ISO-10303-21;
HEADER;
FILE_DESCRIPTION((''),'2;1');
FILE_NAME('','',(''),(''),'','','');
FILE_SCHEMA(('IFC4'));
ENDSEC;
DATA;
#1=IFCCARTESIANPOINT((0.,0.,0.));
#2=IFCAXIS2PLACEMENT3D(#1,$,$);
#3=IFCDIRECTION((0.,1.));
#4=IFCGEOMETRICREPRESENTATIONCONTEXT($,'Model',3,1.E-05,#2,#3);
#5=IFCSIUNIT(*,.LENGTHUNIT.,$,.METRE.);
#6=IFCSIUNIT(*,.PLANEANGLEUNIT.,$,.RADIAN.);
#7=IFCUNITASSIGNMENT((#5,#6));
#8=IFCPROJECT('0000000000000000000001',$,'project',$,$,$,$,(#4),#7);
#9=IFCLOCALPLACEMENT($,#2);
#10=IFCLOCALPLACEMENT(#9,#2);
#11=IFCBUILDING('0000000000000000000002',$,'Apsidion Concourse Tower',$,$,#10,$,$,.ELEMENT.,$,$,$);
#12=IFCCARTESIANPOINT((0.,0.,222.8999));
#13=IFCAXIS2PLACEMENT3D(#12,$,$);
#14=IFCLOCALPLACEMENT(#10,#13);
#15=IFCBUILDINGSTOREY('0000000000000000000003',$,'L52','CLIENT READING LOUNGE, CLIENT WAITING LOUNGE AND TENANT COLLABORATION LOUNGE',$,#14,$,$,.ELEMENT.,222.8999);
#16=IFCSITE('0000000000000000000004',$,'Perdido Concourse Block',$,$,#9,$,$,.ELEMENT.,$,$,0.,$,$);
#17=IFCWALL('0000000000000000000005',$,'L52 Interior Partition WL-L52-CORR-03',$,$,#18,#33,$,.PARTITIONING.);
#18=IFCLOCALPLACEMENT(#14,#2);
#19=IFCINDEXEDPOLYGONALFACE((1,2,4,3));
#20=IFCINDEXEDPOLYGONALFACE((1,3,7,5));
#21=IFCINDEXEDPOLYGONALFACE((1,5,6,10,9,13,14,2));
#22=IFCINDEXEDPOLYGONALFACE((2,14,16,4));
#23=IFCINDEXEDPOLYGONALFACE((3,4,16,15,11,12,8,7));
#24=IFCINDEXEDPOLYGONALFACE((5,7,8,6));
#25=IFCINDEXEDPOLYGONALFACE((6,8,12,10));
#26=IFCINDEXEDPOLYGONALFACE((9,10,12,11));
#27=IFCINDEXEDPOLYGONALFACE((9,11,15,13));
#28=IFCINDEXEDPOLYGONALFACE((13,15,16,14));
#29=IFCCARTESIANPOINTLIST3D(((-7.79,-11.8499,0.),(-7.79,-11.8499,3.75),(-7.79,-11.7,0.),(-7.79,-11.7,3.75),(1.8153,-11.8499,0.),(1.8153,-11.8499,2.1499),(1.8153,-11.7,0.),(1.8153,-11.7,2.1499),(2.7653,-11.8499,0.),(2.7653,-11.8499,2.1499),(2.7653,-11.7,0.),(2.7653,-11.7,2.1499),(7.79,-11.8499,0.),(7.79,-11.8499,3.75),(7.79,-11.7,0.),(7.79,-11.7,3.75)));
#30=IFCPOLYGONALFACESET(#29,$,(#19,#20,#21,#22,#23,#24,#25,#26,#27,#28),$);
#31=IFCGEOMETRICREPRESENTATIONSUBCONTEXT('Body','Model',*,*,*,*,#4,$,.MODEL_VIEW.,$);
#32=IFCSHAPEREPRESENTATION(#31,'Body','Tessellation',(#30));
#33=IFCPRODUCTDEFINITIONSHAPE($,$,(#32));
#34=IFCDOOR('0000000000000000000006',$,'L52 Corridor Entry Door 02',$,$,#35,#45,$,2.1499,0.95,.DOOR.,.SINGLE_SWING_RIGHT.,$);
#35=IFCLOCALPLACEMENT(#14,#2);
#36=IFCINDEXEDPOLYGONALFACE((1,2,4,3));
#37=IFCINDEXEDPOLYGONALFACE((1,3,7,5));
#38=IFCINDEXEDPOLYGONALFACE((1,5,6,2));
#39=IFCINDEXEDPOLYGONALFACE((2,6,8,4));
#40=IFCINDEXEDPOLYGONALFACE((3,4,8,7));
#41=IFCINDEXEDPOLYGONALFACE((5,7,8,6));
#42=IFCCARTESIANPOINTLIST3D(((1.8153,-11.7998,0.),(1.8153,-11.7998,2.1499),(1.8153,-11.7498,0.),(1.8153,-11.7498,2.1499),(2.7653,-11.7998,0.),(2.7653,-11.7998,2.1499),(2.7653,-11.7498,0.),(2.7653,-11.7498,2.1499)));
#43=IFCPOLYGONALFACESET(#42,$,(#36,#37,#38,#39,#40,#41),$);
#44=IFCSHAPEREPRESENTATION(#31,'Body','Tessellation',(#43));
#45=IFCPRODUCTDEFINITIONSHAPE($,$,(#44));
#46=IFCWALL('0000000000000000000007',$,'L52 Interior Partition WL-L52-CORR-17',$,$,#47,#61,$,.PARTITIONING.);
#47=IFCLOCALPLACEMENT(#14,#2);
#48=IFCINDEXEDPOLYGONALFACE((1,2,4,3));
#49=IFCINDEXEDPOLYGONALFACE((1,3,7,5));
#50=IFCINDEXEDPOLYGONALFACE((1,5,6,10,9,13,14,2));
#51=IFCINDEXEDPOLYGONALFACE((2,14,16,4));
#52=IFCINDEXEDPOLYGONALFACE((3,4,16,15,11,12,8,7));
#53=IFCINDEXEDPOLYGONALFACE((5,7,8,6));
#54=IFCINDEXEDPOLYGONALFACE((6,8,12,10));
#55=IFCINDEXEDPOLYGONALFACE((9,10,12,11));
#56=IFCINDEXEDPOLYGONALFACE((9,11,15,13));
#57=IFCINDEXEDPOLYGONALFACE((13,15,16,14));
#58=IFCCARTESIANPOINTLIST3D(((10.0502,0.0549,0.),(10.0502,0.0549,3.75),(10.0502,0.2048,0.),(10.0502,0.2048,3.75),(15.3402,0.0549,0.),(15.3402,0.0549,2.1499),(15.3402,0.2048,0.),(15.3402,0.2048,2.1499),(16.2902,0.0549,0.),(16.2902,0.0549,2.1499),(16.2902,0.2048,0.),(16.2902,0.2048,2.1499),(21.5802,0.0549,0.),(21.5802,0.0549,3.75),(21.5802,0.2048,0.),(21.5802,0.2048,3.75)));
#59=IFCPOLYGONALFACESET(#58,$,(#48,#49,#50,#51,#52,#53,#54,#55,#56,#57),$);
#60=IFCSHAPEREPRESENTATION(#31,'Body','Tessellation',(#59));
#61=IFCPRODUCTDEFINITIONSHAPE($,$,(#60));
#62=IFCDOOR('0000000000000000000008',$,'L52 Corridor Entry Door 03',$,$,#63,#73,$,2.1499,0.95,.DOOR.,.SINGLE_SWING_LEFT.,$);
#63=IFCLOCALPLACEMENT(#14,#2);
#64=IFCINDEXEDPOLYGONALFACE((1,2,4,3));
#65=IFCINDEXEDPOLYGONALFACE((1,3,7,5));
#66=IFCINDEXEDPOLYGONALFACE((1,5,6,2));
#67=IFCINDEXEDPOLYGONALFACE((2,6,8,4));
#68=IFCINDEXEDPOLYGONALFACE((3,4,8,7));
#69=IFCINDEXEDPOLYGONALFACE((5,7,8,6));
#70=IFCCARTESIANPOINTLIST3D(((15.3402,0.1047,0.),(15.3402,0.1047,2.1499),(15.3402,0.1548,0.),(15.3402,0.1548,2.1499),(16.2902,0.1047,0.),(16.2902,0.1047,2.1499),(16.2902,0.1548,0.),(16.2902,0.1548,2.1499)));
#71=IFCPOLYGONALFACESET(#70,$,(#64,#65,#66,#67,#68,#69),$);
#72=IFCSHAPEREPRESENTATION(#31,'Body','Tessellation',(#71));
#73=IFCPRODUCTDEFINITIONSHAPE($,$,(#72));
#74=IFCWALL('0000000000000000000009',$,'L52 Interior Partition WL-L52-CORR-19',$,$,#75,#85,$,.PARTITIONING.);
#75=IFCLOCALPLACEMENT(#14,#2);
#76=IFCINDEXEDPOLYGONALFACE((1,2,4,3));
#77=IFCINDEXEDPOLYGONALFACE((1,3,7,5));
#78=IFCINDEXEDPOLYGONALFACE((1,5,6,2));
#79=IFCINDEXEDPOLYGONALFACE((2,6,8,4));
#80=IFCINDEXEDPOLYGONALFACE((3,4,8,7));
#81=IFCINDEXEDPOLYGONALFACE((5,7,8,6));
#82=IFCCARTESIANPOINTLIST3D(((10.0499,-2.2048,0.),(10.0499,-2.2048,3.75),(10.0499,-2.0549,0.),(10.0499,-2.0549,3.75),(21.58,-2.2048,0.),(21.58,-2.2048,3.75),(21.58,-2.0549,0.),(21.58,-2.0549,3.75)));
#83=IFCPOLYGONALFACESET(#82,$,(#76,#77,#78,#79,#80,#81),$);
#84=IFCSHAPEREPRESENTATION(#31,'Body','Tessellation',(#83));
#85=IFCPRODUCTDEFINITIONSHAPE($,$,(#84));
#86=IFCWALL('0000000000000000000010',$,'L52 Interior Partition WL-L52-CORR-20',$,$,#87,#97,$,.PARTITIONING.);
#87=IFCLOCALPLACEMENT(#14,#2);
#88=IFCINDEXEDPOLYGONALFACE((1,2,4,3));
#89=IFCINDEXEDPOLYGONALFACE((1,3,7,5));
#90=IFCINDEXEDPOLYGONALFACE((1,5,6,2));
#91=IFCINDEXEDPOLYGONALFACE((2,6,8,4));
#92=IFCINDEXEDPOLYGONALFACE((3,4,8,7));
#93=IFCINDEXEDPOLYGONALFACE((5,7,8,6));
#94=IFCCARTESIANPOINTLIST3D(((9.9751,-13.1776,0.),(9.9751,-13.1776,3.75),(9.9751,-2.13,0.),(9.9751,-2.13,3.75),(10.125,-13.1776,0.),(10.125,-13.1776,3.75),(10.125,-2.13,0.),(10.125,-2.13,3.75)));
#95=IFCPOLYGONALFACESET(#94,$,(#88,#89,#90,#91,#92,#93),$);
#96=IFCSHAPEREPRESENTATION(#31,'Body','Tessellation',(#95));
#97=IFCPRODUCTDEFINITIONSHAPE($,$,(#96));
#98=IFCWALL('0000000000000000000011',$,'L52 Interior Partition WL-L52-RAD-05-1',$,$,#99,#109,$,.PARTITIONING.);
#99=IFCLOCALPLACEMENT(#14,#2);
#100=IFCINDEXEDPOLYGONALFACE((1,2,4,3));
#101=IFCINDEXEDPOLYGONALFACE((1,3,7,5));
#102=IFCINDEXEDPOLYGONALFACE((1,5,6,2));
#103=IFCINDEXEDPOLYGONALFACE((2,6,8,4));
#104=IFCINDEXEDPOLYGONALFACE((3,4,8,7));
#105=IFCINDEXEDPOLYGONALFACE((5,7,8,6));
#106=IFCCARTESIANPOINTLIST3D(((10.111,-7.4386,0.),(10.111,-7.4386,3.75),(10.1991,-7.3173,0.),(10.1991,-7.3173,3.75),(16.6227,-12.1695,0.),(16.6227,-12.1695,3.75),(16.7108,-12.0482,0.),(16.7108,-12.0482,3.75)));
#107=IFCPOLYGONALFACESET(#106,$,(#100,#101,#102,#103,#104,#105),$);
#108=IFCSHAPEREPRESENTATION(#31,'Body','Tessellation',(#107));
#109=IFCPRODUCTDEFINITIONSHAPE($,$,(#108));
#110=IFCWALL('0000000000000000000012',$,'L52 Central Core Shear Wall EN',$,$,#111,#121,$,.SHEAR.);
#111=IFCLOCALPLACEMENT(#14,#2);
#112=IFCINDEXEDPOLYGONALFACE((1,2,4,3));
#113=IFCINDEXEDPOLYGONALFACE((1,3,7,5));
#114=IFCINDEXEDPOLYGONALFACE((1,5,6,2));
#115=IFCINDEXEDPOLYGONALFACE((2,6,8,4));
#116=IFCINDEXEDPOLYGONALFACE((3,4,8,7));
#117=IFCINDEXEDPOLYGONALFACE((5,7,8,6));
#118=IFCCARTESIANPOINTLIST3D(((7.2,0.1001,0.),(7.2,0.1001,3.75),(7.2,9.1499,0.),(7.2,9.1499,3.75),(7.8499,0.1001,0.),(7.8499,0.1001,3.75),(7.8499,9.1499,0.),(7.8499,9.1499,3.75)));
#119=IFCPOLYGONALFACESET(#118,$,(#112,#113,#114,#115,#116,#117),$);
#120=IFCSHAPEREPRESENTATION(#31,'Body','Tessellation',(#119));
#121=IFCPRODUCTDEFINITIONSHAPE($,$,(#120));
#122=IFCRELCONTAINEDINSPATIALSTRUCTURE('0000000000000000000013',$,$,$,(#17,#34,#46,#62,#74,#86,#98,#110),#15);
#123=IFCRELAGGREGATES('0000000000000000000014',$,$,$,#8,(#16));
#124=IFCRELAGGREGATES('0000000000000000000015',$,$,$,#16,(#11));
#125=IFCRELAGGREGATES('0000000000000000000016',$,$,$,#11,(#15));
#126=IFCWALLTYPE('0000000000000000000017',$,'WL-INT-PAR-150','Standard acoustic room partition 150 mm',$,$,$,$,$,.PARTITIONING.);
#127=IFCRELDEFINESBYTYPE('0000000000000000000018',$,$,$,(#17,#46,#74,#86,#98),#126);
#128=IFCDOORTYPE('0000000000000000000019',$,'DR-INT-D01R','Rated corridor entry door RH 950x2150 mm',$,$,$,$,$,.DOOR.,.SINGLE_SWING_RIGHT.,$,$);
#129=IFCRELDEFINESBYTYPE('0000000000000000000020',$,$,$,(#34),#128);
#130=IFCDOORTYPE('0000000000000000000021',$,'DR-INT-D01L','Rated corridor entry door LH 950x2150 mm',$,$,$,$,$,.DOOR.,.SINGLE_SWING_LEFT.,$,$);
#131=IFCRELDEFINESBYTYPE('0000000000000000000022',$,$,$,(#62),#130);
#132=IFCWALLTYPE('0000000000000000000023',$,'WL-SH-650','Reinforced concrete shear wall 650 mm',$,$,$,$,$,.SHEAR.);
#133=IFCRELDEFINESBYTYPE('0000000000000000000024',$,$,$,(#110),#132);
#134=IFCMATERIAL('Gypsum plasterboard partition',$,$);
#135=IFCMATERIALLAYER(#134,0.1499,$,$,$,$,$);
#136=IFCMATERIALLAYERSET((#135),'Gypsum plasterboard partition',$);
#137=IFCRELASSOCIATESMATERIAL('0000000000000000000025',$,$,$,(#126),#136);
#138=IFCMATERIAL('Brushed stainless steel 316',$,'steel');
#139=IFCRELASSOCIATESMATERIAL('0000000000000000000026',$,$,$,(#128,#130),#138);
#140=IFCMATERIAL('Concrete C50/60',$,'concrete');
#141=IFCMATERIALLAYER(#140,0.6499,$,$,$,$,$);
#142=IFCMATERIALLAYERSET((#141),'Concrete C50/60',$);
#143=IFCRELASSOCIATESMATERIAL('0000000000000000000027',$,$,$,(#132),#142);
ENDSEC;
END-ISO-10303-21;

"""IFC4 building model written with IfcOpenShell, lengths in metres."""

from ifc_helpers import new_model, si_unit, direction, frame, frame_2d, origin, place, context, subcontext, project, spatial, rectangle, extrude, material, layer, layer_set, type_object, element, fill, save


model = new_model("IFC4")

# Units and contexts
model_context = context("Model", 3, precision=1e-05, world=origin(), true_north=direction((0.0, 1.0)))
body_context = subcontext(model_context, "Body", "Model", "MODEL_VIEW")
ifc_project = project(units=[si_unit("LENGTHUNIT", "METRE"), si_unit("PLANEANGLEUNIT", "RADIAN")], contexts=[model_context])

# Site, building, storey
site_placement = place(None, origin())
site = spatial("IfcSite", under=ifc_project, at=site_placement, Name="Perdido Concourse Block", CompositionType="ELEMENT", RefElevation=0.0)
building_placement = place(site_placement, origin())
building = spatial("IfcBuilding", under=site, at=building_placement, Name="Apsidion Concourse Tower", CompositionType="ELEMENT")
storey_placement = place(building_placement, frame((0.0, 0.0, 222.8999)))
storey = spatial("IfcBuildingStorey", under=building, at=storey_placement, Name="L52", Description="CLIENT READING LOUNGE, CLIENT WAITING LOUNGE AND TENANT COLLABORATION LOUNGE", CompositionType="ELEMENT", Elevation=222.8999)

# Shared definitions
ifc_material_1 = material(Name="Concrete C50/60", Category="concrete")

# Shared definitions
ifc_material_2 = material(Name="Gypsum plasterboard partition")
ifc_layer_1 = layer(ifc_material_2, 0.1499)
ifc_layer_set_1 = layer_set([ifc_layer_1], Name="Gypsum plasterboard partition")
wall_type_1 = type_object("IfcWallType", Name="WL-INT-PAR-150", Description="Standard acoustic room partition 150 mm", PredefinedType="PARTITIONING", material=ifc_layer_set_1)

# Walls, openings, doors
wall_1_placement = place(storey_placement, frame((7.79, -11.7749, 0.0), z_axis=(0.0, 0.0, 1.0), x_axis=(-1.0, 0.0, 0.0)))
wall_1 = element("IfcWall", 1, at=wall_1_placement, inside=storey, type_object=wall_type_1, Name="L52 Interior Partition WL-L52-CORR-03", PredefinedType="PARTITIONING", context=body_context, shape_type="SweptSolid", body=[
    extrude(rectangle(XDim=15.5801, YDim=0.1499, at=frame_2d((7.79, 0.0))), origin(), (0.0, 0.0, 1.0), 3.75),
])
opening_1_placement = place(wall_1_placement, frame((5.0247, 0.0, 0.0)))
opening_1 = element("IfcOpeningElement", 2, at=opening_1_placement, cuts=wall_1, PredefinedType="OPENING", context=body_context, shape_type="SweptSolid", body=[
    extrude(rectangle(XDim=0.95, YDim=2.1499, at=frame_2d((0.4751, 1.075))), frame((0.0, 0.085, 0.0), z_axis=(0.0, -1.0, 0.0), x_axis=(1.0, 0.0, 0.0)), (0.0, 0.0, 1.0), 0.1699),
])
ifc_material_3 = material(Name="Brushed stainless steel 316", Category="steel")
door_type_1 = type_object("IfcDoorType", Name="DR-INT-D01R", Description="Rated corridor entry door RH 950x2150 mm", OperationType="SINGLE_SWING_RIGHT", PredefinedType="DOOR", material=ifc_material_3)
door_1_placement = place(opening_1_placement, origin())
door_1 = element("IfcDoor", 3, at=door_1_placement, inside=storey, type_object=door_type_1, Name="L52 Corridor Entry Door 02", OperationType="SINGLE_SWING_RIGHT", OverallHeight=2.1499, OverallWidth=0.95, PredefinedType="DOOR", context=body_context, shape_type="SweptSolid", body=[
    extrude(rectangle(XDim=0.95, YDim=2.1499, at=frame_2d((0.4751, 1.075))), frame((0.0, 0.0249, 0.0), z_axis=(0.0, -1.0, 0.0), x_axis=(1.0, 0.0, 0.0)), (0.0, 0.0, 1.0), 0.05),
])
fill(opening_1, door_1)
wall_2_placement = place(storey_placement, frame((10.05, 0.1299, 0.0), z_axis=(0.0, 0.0, 1.0), x_axis=(1.0, 0.0, 0.0)))
wall_2 = element("IfcWall", 4, at=wall_2_placement, inside=storey, type_object=wall_type_1, Name="L52 Interior Partition WL-L52-CORR-17", PredefinedType="PARTITIONING", context=body_context, shape_type="SweptSolid", body=[
    extrude(rectangle(XDim=11.53, YDim=0.1499, at=frame_2d((5.7651, 0.0))), origin(), (0.0, 0.0, 1.0), 3.75),
])
opening_2_placement = place(wall_2_placement, frame((5.29, 0.0, 0.0)))
opening_2 = element("IfcOpeningElement", 5, at=opening_2_placement, cuts=wall_2, PredefinedType="OPENING", context=body_context, shape_type="SweptSolid", body=[
    extrude(rectangle(XDim=0.95, YDim=2.1499, at=frame_2d((0.4751, 1.075))), frame((0.0, 0.085, 0.0), z_axis=(0.0, -1.0, 0.0), x_axis=(1.0, 0.0, 0.0)), (0.0, 0.0, 1.0), 0.1699),
])
door_type_2 = type_object("IfcDoorType", Name="DR-INT-D01L", Description="Rated corridor entry door LH 950x2150 mm", OperationType="SINGLE_SWING_LEFT", PredefinedType="DOOR", material=ifc_material_3)
door_2_placement = place(opening_2_placement, origin())
door_2 = element("IfcDoor", 6, at=door_2_placement, inside=storey, type_object=door_type_2, Name="L52 Corridor Entry Door 03", OperationType="SINGLE_SWING_LEFT", OverallHeight=2.1499, OverallWidth=0.95, PredefinedType="DOOR", context=body_context, shape_type="SweptSolid", body=[
    extrude(rectangle(XDim=0.95, YDim=2.1499, at=frame_2d((0.4751, 1.075))), frame((0.0, 0.0249, 0.0), z_axis=(0.0, -1.0, 0.0), x_axis=(1.0, 0.0, 0.0)), (0.0, 0.0, 1.0), 0.05),
])
fill(opening_2, door_2)

# Walls
wall_3_placement = place(storey_placement, frame((21.5801, -2.1299, 0.0), z_axis=(0.0, 0.0, 1.0), x_axis=(-1.0, 0.0, 0.0)))
element("IfcWall", 7, at=wall_3_placement, inside=storey, type_object=wall_type_1, Name="L52 Interior Partition WL-L52-CORR-19", PredefinedType="PARTITIONING", context=body_context, shape_type="SweptSolid", body=[
    extrude(rectangle(XDim=11.53, YDim=0.1499, at=frame_2d((5.7651, 0.0))), origin(), (0.0, 0.0, 1.0), 3.75),
])
wall_4_placement = place(storey_placement, frame((10.05, -2.1299, 0.0), z_axis=(0.0, 0.0, 1.0), x_axis=(0.0, -1.0, 0.0)))
element("IfcWall", 8, at=wall_4_placement, inside=storey, type_object=wall_type_1, Name="L52 Interior Partition WL-L52-CORR-20", PredefinedType="PARTITIONING", context=body_context, shape_type="SweptSolid", body=[
    extrude(rectangle(XDim=11.0476, YDim=0.1499, at=frame_2d((5.5239, 0.0))), origin(), (0.0, 0.0, 1.0), 3.75),
])
wall_5_placement = place(storey_placement, frame((10.155, -7.3779, 0.0), z_axis=(0.0, 0.0, 1.0), x_axis=(0.809022, -0.587778, 0.0)))
element("IfcWall", 9, at=wall_5_placement, inside=storey, type_object=wall_type_1, Name="L52 Interior Partition WL-L52-RAD-05-1", PredefinedType="PARTITIONING", context=body_context, shape_type="SweptSolid", body=[
    extrude(rectangle(XDim=8.0488, YDim=0.1499, at=frame_2d((4.0244, 0.0))), origin(), (0.0, 0.0, 1.0), 3.75),
])
ifc_layer_2 = layer(ifc_material_1, 0.6499)
ifc_layer_set_2 = layer_set([ifc_layer_2], Name="Concrete C50/60")
wall_type_2 = type_object("IfcWallType", Name="WL-SH-650", Description="Reinforced concrete shear wall 650 mm", PredefinedType="SHEAR", material=ifc_layer_set_2)
wall_6_placement = place(storey_placement, frame((7.5249, 0.1001, 0.0), z_axis=(0.0, 0.0, 1.0), x_axis=(0.0, 1.0, 0.0)))
element("IfcWall", 10, at=wall_6_placement, inside=storey, type_object=wall_type_2, Name="L52 Central Core Shear Wall EN", PredefinedType="SHEAR", context=body_context, shape_type="SweptSolid", body=[
    extrude(rectangle(XDim=9.0498, YDim=0.6499, at=frame_2d((4.5249, 0.0))), origin(), (0.0, 0.0, 1.0), 3.75),
])

save(model, "model.ifc")
